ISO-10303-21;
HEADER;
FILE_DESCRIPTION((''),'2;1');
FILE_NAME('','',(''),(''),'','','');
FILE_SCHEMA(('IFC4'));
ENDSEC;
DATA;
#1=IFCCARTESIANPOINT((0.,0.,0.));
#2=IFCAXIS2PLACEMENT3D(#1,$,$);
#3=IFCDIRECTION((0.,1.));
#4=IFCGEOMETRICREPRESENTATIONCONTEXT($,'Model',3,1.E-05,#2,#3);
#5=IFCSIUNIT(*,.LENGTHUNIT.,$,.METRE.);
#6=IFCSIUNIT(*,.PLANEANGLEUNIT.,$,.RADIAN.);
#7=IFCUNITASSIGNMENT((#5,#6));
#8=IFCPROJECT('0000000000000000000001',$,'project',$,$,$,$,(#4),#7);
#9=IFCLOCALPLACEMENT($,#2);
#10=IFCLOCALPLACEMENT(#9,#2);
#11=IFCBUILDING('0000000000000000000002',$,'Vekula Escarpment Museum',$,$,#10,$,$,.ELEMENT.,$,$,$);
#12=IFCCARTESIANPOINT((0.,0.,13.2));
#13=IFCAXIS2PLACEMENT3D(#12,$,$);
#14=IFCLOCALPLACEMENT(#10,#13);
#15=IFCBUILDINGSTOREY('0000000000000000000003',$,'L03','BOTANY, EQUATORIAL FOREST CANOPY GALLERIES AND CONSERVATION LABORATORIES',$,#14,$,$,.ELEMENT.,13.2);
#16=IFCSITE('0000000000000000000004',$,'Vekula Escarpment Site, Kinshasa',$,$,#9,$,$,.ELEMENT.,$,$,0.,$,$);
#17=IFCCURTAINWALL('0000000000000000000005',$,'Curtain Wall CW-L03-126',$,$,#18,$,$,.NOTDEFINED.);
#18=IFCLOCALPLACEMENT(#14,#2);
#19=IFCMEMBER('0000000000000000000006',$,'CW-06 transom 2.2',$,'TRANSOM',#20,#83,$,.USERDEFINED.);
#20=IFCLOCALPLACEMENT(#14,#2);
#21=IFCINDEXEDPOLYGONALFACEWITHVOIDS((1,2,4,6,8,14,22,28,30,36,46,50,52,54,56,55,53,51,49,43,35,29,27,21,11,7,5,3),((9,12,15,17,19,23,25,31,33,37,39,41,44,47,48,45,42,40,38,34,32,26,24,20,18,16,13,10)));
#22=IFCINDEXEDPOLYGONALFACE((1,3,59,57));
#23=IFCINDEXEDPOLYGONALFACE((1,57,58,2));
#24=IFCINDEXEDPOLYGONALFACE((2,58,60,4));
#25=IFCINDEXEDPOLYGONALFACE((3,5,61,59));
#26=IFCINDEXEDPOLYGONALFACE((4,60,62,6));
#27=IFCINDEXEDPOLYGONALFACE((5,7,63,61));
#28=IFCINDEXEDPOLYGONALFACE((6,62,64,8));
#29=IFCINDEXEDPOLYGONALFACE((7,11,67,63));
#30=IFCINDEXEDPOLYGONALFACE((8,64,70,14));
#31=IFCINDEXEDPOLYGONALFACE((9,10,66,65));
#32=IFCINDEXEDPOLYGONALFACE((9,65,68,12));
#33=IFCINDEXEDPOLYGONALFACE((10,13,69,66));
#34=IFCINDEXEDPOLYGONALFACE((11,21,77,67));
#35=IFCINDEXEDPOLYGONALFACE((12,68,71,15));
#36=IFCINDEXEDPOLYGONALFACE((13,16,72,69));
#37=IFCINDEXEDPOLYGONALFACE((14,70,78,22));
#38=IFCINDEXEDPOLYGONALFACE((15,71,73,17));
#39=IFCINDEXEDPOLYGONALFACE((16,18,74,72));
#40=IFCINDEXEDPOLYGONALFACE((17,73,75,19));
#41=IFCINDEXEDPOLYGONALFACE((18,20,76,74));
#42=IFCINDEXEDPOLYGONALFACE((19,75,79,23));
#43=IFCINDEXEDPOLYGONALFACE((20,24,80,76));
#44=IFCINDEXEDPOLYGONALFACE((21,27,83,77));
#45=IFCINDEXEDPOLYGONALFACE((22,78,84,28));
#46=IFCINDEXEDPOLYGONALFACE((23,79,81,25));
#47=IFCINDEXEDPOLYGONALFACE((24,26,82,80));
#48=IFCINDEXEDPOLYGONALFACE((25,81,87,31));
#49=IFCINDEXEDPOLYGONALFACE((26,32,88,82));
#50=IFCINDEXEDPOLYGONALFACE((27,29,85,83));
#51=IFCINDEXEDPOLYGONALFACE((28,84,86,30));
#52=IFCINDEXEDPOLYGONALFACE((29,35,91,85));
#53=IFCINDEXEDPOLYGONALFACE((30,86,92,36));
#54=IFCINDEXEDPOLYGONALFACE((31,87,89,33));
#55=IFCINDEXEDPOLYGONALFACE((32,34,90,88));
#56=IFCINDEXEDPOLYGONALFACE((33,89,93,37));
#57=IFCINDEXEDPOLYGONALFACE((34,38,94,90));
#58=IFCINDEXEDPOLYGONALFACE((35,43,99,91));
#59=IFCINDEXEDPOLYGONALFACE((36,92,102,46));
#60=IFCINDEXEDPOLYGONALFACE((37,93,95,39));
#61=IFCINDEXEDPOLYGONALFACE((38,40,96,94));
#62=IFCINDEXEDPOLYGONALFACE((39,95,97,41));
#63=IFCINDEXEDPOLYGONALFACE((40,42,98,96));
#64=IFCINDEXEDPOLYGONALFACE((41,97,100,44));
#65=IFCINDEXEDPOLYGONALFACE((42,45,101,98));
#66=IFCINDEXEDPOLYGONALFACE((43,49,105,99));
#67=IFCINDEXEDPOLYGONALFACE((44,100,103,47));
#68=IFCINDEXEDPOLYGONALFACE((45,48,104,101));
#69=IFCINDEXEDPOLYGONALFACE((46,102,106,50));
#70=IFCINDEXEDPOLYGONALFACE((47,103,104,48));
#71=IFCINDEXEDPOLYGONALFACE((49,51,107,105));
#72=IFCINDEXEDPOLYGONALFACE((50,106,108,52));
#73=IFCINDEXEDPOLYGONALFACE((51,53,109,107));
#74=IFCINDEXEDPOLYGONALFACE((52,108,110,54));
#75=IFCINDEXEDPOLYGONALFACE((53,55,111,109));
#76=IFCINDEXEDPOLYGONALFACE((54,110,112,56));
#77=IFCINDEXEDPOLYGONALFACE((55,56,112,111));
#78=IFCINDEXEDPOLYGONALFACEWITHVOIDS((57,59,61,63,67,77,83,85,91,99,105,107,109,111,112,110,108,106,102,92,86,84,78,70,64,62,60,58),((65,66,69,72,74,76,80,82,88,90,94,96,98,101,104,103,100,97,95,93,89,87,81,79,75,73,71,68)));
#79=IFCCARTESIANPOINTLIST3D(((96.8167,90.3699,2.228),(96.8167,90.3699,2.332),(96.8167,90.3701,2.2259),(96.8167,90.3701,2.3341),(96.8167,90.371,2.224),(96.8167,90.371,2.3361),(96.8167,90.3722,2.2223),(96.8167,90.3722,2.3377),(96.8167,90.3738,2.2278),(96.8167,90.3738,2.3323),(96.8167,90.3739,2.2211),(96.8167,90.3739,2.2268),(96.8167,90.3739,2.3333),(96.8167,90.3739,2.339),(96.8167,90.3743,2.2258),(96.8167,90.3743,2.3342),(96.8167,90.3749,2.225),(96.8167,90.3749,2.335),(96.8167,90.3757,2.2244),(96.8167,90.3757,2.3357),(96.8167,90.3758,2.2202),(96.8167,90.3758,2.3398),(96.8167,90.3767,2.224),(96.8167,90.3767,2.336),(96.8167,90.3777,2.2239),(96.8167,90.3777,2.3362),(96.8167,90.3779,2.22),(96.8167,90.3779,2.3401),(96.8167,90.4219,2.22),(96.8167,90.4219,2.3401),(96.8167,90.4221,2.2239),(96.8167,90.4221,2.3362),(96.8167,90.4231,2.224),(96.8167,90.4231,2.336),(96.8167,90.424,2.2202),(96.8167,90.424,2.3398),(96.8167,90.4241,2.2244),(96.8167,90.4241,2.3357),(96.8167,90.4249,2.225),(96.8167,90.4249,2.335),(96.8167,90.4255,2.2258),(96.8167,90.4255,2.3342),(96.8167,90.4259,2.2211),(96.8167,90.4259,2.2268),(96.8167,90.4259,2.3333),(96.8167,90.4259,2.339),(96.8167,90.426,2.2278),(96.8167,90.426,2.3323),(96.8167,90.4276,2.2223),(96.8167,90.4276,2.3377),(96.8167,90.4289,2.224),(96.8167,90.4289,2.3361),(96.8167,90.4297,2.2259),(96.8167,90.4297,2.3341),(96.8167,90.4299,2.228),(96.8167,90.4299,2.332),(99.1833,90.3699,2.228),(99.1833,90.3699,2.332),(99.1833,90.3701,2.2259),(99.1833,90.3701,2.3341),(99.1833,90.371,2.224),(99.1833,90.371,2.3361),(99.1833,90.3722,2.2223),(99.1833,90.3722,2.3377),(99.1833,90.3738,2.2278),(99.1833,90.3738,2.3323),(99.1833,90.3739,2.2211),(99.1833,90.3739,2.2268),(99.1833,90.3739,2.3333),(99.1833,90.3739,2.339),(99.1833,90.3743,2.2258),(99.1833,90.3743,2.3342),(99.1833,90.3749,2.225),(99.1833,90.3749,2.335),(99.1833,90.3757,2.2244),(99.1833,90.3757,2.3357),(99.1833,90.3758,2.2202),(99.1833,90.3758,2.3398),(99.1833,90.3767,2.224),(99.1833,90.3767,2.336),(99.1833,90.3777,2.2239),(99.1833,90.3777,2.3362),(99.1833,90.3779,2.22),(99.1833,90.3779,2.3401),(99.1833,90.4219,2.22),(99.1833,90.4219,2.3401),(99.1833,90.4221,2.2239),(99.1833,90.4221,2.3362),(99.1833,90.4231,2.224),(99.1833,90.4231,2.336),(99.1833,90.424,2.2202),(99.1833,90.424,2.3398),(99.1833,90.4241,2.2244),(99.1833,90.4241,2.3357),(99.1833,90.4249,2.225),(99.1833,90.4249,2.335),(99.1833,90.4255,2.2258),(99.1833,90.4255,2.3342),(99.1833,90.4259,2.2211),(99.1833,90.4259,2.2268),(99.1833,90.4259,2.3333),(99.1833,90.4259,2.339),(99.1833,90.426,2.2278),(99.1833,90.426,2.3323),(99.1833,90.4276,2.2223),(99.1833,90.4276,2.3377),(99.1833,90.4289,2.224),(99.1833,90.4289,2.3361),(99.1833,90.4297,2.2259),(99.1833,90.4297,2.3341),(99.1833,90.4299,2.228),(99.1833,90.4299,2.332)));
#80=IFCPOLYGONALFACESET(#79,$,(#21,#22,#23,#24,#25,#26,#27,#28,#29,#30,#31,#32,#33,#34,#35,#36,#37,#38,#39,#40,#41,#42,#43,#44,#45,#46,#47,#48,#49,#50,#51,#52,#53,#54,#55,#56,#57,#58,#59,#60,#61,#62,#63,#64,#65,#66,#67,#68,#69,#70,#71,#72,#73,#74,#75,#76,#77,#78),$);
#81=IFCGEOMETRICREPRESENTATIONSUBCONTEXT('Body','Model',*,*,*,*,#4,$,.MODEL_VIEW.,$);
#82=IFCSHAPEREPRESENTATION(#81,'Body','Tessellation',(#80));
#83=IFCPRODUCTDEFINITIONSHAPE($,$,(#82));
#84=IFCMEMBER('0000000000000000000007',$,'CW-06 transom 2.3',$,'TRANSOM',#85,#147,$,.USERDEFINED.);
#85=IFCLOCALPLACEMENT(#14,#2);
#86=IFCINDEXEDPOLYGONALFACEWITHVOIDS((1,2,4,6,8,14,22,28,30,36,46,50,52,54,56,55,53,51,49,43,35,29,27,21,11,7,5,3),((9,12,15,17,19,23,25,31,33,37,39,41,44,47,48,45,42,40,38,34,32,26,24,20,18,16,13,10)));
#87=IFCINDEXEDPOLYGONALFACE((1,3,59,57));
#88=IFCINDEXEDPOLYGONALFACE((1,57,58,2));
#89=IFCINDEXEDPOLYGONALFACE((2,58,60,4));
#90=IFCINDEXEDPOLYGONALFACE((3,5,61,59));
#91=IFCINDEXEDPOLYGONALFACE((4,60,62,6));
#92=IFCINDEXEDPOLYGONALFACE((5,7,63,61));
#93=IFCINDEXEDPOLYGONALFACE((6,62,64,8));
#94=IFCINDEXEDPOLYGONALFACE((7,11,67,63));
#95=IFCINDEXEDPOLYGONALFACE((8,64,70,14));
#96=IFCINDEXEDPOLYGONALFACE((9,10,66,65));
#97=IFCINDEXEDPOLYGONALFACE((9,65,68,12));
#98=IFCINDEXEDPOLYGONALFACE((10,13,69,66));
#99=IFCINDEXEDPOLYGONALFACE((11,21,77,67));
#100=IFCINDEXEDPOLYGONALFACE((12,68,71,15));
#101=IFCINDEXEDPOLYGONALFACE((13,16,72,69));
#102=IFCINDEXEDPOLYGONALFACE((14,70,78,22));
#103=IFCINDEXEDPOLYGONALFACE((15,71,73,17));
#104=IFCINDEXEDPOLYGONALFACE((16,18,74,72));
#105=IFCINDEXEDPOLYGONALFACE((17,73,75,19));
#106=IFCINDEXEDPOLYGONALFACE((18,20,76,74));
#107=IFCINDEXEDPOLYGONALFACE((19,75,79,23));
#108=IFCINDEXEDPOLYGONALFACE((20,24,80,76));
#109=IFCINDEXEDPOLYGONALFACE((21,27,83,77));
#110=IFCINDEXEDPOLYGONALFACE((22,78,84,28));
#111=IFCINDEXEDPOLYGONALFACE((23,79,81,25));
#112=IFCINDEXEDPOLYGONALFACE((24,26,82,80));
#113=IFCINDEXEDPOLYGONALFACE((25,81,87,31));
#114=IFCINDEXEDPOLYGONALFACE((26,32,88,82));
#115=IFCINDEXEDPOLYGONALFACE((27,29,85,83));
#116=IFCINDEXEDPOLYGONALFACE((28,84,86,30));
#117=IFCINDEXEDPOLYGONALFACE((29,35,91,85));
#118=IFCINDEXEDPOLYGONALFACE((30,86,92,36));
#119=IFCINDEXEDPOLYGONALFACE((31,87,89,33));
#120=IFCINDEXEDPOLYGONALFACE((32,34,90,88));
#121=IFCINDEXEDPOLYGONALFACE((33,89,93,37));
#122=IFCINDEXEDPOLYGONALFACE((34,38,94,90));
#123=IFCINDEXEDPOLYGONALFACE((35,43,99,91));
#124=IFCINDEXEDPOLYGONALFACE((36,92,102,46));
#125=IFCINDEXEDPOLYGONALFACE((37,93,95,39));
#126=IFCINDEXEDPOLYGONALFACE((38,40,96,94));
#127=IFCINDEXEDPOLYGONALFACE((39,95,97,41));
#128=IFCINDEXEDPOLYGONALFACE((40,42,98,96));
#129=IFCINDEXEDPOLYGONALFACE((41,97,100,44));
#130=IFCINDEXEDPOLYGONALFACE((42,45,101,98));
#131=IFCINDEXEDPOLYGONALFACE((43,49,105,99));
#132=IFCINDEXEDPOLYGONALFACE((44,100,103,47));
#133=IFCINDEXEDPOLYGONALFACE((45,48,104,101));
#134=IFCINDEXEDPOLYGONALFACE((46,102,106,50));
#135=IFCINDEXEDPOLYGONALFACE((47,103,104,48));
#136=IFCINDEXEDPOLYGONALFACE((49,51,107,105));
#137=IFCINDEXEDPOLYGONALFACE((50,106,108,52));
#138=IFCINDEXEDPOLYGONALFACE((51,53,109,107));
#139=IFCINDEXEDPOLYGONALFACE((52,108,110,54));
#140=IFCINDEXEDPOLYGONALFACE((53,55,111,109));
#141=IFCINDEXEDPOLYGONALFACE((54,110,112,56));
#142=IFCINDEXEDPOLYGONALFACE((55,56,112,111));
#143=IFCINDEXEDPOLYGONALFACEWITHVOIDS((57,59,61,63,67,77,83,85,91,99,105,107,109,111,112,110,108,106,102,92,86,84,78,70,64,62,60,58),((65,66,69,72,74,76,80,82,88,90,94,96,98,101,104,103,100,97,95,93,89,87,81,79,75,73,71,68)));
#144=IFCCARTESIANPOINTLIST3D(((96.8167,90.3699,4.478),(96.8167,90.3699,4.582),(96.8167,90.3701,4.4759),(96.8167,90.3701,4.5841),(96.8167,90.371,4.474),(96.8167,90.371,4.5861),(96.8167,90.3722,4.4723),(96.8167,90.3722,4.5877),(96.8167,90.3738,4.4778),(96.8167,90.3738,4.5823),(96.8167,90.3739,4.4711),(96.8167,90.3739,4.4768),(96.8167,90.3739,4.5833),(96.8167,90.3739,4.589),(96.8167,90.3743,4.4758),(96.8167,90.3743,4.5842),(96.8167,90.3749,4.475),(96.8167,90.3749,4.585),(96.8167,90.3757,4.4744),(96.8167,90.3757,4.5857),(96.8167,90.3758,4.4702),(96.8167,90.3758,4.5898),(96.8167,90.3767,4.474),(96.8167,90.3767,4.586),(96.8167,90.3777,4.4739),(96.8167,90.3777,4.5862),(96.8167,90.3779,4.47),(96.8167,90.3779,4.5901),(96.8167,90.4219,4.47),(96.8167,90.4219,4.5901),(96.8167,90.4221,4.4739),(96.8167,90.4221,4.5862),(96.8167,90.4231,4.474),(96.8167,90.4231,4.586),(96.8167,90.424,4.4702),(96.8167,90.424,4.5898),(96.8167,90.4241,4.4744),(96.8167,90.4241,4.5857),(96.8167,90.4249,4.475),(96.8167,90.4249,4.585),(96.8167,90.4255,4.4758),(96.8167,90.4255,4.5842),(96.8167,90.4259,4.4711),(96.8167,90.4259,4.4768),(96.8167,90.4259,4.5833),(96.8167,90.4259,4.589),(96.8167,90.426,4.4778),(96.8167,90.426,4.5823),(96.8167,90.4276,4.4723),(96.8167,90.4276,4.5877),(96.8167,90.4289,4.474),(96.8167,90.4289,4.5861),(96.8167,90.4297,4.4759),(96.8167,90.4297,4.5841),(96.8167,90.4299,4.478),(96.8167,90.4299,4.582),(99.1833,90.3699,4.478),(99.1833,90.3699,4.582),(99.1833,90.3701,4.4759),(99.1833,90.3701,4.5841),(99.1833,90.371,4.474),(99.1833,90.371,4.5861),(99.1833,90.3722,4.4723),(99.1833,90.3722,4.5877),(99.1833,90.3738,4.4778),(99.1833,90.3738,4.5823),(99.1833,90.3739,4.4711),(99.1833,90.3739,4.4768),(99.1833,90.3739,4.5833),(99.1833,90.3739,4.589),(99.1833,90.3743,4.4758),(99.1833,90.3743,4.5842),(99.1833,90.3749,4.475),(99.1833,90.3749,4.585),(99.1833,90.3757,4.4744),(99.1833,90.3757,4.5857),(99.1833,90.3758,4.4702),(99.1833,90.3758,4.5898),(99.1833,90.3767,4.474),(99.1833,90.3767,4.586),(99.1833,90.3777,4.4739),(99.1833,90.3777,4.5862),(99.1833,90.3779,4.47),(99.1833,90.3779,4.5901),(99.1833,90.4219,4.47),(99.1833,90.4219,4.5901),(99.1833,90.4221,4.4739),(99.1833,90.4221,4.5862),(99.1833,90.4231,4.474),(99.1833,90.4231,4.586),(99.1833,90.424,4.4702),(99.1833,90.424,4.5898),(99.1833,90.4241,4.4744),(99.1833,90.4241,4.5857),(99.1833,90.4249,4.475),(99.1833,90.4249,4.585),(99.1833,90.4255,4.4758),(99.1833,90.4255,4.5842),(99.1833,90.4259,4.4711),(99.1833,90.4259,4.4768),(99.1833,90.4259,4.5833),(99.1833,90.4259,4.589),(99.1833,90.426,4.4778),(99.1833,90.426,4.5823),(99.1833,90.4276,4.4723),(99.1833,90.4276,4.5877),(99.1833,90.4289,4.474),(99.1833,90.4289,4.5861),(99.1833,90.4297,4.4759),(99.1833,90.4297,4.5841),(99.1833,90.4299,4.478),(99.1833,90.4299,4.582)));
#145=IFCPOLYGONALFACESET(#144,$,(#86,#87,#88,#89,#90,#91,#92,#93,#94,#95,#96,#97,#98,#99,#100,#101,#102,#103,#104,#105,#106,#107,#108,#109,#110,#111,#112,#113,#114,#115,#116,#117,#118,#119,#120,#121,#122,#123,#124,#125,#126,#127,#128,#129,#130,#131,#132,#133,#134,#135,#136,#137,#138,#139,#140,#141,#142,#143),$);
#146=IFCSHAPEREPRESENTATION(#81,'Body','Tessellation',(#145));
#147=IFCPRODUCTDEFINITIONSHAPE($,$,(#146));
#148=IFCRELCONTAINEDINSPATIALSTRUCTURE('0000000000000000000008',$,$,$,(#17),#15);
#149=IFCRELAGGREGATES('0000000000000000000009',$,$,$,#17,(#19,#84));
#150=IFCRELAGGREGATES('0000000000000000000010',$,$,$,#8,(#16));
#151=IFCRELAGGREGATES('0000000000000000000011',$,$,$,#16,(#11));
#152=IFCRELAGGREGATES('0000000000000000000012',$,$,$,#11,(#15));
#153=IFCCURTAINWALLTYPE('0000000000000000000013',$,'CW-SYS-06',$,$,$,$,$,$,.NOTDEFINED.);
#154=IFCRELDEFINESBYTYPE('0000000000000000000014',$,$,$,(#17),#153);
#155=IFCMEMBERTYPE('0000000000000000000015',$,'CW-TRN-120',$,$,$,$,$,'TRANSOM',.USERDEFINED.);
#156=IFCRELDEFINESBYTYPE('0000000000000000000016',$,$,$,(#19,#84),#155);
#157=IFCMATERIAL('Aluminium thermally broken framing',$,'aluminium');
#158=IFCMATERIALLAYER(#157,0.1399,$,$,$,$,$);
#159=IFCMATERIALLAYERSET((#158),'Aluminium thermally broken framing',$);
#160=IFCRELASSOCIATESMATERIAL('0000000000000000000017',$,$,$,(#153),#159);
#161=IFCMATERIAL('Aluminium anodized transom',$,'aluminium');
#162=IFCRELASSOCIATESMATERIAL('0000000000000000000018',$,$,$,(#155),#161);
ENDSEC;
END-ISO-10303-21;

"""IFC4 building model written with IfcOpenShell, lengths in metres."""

from ifc_helpers import new_model, si_unit, direction, frame, origin, origin_2d, place, context, subcontext, project, spatial, hollow_rectangle, extrude, material, layer, layer_set, material_profile, profile_set, type_object, element, aggregate, save


model = new_model("IFC4")

# Units and contexts
model_context = context("Model", 3, precision=1e-05, world=origin(), true_north=direction((0.0, 1.0)))
body_context = subcontext(model_context, "Body", "Model", "MODEL_VIEW")
ifc_project = project(units=[si_unit("LENGTHUNIT", "METRE"), si_unit("PLANEANGLEUNIT", "RADIAN")], contexts=[model_context])

# Site, building, storey
site_placement = place(None, origin())
site = spatial("IfcSite", under=ifc_project, at=site_placement, Name="Vekula Escarpment Site, Kinshasa", CompositionType="ELEMENT", RefElevation=0.0)
building_placement = place(site_placement, origin())
building = spatial("IfcBuilding", under=site, at=building_placement, Name="Vekula Escarpment Museum", CompositionType="ELEMENT")
storey_placement = place(building_placement, frame((0.0, 0.0, 13.2)))
storey = spatial("IfcBuildingStorey", under=building, at=storey_placement, Name="L03", Description="BOTANY, EQUATORIAL FOREST CANOPY GALLERIES AND CONSERVATION LABORATORIES", CompositionType="ELEMENT", Elevation=13.2)

# Curtain wall
ifc_material_1 = material(Name="Aluminium thermally broken framing", Category="aluminium")
ifc_layer_1 = layer(ifc_material_1, 0.1399)
ifc_layer_set_1 = layer_set([ifc_layer_1], Name="Aluminium thermally broken framing")
curtain_wall_type_1 = type_object("IfcCurtainWallType", Name="CW-SYS-06", PredefinedType="NOTDEFINED", material=ifc_layer_set_1)
curtain_wall_1_placement = place(storey_placement, origin())
curtain_wall_1 = element("IfcCurtainWall", 1, at=curtain_wall_1_placement, inside=storey, type_object=curtain_wall_type_1, Name="Curtain Wall CW-L03-126", PredefinedType="NOTDEFINED")

# Members
ifc_material_2 = material(Name="Aluminium anodized transom", Category="aluminium")
ifc_material_profile_1 = material_profile(ifc_material_2, hollow_rectangle(XDim=0.0601, YDim=0.1201, WallThickness=0.0039, InnerFilletRadius=0.0039, OuterFilletRadius=0.0081, at=origin_2d()), Name="ALU 120x60x4")
ifc_profile_set_1 = profile_set([ifc_material_profile_1], Name="Aluminium anodized transom")
member_type_1 = type_object("IfcMemberType", Name="CW-TRN-120", ElementType="TRANSOM", PredefinedType="USERDEFINED", material=ifc_profile_set_1)
member_1_placement = place(storey_placement, frame((99.1833, 90.3999, 2.28), z_axis=(-1.0, 0.0, 0.0), x_axis=(0.0, -1.0, 0.0)))
member_1 = element("IfcMember", 2, at=member_1_placement, type_object=member_type_1, Name="CW-06 transom 2.2", ObjectType="TRANSOM", PredefinedType="USERDEFINED", context=body_context, shape_type="SweptSolid", body=[
    extrude(hollow_rectangle(XDim=0.0601, YDim=0.1201, WallThickness=0.0039, InnerFilletRadius=0.0039, OuterFilletRadius=0.0081, at=origin_2d()), origin(), (0.0, 0.0, 1.0), 2.3667),
])
member_2_placement = place(storey_placement, frame((99.1833, 90.3999, 4.53), z_axis=(-1.0, 0.0, 0.0), x_axis=(0.0, -1.0, 0.0)))
member_2 = element("IfcMember", 3, at=member_2_placement, type_object=member_type_1, Name="CW-06 transom 2.3", ObjectType="TRANSOM", PredefinedType="USERDEFINED", context=body_context, shape_type="SweptSolid", body=[
    extrude(hollow_rectangle(XDim=0.0601, YDim=0.1201, WallThickness=0.0039, InnerFilletRadius=0.0039, OuterFilletRadius=0.0081, at=origin_2d()), origin(), (0.0, 0.0, 1.0), 2.3667),
])

aggregate(curtain_wall_1, [member_1, member_2])

save(model, "model.ifc")
